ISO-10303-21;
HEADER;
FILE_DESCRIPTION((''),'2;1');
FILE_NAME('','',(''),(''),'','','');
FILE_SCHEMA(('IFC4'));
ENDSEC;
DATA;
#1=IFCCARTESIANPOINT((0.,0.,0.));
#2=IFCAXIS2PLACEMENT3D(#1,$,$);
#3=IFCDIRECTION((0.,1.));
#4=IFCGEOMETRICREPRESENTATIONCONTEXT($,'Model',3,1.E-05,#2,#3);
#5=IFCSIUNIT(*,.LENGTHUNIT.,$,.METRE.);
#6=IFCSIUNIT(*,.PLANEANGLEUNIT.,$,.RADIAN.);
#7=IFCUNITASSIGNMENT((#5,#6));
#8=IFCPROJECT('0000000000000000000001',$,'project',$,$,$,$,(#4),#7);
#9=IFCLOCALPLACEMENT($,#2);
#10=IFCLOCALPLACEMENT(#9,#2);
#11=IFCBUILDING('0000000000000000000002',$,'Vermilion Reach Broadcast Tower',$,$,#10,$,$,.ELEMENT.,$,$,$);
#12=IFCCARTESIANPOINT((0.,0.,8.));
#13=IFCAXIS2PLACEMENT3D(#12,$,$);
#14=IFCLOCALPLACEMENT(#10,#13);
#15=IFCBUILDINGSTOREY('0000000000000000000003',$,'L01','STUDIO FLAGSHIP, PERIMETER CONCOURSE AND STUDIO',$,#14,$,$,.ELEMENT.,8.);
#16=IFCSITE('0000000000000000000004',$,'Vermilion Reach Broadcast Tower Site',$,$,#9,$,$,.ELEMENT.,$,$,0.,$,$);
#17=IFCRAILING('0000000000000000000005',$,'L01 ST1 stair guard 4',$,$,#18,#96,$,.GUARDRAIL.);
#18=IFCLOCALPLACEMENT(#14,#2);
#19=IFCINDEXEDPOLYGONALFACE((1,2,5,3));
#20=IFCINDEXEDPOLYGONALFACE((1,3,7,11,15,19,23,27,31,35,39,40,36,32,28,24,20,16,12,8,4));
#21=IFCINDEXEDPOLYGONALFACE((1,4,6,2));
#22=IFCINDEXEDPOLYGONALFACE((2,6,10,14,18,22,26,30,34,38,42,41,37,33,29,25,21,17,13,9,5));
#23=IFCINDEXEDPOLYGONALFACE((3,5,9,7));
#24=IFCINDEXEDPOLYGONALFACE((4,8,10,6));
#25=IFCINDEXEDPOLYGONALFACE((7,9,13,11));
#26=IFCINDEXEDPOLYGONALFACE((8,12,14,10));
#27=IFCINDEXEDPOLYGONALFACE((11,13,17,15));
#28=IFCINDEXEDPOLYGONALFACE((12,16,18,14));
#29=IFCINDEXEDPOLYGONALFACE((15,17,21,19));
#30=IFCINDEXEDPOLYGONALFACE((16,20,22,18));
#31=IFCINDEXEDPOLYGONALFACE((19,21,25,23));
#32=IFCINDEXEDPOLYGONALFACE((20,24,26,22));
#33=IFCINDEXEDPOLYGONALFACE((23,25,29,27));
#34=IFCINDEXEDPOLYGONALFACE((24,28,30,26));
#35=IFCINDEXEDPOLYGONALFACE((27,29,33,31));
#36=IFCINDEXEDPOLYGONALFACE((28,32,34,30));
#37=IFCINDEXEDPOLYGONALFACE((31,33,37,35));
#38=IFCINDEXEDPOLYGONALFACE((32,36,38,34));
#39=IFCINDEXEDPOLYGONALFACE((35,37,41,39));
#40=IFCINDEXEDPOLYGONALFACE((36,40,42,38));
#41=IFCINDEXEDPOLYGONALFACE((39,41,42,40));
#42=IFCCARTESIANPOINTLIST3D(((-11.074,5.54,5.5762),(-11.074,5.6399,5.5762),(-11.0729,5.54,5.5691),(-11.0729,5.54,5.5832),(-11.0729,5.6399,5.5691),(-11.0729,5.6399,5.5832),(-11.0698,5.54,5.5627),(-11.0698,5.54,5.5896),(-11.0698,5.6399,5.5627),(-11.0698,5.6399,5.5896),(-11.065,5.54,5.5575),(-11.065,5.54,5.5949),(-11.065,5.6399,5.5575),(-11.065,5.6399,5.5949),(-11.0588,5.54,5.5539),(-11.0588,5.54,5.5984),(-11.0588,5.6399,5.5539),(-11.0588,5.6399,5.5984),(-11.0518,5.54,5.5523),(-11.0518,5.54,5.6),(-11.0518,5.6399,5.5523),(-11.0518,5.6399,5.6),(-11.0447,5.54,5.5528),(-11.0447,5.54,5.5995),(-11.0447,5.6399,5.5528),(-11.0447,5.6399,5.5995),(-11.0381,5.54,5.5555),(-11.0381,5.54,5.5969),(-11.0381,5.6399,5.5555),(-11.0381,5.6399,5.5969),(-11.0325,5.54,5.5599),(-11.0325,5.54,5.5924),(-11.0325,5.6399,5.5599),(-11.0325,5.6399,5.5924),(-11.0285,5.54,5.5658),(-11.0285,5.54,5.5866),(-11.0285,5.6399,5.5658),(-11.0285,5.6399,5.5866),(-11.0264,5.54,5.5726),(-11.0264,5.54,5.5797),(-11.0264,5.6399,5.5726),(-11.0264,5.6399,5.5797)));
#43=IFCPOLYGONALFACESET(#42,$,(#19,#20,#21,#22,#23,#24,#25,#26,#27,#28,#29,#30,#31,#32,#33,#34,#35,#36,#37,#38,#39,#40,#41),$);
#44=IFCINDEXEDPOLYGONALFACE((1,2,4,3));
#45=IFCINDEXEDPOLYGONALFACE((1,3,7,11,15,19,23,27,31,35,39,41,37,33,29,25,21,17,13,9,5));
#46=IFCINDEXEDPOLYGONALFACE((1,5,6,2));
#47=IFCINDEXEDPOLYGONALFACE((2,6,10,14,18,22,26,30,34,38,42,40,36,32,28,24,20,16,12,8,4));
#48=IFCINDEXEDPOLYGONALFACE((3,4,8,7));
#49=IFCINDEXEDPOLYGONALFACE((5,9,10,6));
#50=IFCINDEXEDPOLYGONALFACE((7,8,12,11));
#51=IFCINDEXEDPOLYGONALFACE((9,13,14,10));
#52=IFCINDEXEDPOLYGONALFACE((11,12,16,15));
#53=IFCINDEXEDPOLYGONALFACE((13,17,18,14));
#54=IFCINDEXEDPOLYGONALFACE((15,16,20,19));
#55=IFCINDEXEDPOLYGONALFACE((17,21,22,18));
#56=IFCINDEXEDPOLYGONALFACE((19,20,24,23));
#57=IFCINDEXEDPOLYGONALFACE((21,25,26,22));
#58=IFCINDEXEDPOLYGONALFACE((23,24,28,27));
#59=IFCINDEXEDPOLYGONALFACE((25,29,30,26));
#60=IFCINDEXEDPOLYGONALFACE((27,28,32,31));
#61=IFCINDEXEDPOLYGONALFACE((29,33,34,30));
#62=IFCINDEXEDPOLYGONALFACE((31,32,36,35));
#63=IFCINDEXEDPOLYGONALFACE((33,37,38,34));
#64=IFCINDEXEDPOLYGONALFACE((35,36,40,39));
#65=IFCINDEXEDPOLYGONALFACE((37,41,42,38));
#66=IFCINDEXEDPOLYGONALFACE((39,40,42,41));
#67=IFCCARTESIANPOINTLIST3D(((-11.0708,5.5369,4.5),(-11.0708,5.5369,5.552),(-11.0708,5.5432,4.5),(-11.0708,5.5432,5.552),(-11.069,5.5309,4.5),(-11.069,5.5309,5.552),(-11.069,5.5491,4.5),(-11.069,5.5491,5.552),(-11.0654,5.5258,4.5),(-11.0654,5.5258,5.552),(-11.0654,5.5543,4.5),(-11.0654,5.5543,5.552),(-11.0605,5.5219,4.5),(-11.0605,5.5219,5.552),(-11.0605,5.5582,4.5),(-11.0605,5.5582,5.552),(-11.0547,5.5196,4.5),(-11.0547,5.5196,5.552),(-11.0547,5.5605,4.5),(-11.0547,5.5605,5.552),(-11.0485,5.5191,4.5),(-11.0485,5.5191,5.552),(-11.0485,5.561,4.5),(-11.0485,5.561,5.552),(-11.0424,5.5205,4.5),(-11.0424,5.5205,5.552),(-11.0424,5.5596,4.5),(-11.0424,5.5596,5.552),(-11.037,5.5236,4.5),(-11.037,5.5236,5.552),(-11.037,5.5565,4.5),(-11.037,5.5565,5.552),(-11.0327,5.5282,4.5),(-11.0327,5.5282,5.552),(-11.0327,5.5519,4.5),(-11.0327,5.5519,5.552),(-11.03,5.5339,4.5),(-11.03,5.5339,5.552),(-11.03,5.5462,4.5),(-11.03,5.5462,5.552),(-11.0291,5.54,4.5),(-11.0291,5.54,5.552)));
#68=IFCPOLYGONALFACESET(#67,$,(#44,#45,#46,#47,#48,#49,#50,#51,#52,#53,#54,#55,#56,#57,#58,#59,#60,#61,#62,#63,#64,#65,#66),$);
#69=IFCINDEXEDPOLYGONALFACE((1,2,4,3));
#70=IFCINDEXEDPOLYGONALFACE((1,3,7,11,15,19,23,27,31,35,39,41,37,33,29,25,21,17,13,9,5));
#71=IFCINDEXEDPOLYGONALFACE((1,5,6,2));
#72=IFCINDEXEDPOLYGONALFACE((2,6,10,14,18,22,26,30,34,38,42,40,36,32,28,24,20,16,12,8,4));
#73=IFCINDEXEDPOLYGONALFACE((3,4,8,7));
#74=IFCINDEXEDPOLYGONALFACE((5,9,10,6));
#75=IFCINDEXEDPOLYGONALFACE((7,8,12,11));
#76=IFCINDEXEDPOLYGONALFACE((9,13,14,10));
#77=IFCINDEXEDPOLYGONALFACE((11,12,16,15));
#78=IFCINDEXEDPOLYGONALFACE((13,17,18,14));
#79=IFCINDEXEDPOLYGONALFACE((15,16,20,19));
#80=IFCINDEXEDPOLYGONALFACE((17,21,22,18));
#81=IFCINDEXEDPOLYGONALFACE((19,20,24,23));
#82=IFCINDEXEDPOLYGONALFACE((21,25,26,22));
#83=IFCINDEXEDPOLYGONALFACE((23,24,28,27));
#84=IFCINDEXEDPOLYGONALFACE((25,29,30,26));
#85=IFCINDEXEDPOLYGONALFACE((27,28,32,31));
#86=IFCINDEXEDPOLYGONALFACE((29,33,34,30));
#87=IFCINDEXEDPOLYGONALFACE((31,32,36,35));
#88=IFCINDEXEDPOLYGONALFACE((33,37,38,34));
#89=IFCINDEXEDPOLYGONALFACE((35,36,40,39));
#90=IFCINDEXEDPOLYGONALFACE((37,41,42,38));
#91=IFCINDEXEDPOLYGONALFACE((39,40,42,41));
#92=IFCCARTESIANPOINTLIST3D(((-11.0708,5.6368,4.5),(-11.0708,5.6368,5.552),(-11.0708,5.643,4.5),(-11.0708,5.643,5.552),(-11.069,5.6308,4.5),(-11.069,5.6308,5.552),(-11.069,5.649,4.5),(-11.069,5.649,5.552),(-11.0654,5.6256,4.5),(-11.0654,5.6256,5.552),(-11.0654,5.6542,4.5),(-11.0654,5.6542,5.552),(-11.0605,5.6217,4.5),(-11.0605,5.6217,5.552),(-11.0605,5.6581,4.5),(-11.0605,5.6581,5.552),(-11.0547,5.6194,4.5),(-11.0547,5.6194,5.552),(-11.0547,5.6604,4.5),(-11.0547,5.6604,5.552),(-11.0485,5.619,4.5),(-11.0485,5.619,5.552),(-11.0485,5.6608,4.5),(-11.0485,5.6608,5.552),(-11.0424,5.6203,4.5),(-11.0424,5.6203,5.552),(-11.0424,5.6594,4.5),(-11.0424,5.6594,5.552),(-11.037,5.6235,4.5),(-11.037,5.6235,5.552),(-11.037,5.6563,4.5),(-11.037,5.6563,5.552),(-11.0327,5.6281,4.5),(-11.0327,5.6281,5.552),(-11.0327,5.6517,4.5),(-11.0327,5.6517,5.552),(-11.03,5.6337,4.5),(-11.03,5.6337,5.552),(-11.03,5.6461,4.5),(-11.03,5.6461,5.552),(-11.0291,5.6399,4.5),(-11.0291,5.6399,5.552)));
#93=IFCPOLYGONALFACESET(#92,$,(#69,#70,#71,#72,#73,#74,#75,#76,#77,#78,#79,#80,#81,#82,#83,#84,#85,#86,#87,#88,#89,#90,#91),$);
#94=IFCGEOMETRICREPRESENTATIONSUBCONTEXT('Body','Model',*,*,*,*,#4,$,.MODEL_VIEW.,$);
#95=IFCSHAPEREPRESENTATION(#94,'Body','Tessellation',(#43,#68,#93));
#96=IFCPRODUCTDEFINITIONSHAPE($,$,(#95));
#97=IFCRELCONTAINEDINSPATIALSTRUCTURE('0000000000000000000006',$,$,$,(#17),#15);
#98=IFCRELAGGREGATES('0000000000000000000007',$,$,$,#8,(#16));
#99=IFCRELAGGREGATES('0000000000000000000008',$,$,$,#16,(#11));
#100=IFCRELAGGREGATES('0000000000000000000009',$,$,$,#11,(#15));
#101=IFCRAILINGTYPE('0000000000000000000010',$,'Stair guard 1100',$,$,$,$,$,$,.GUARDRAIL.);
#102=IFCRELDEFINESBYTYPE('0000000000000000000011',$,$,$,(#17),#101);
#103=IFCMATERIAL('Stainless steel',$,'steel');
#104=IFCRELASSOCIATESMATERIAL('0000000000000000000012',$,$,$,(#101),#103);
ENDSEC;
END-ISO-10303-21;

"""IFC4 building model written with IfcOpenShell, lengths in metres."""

from ifc_helpers import new_model, si_unit, direction, frame, origin, origin_2d, place, context, subcontext, project, spatial, circle, extrude, material, type_object, element, save


model = new_model("IFC4")

# Units and contexts
model_context = context("Model", 3, precision=1e-05, world=origin(), true_north=direction((0.0, 1.0)))
body_context = subcontext(model_context, "Body", "Model", "MODEL_VIEW")
ifc_project = project(units=[si_unit("LENGTHUNIT", "METRE"), si_unit("PLANEANGLEUNIT", "RADIAN")], contexts=[model_context])

# Site, building, storey
site_placement = place(None, origin())
site = spatial("IfcSite", under=ifc_project, at=site_placement, Name="Vermilion Reach Broadcast Tower Site", CompositionType="ELEMENT", RefElevation=0.0)
building_placement = place(site_placement, origin())
building = spatial("IfcBuilding", under=site, at=building_placement, Name="Vermilion Reach Broadcast Tower", CompositionType="ELEMENT")
storey_placement = place(building_placement, frame((0.0, 0.0, 8.0)))
storey = spatial("IfcBuildingStorey", under=building, at=storey_placement, Name="L01", Description="STUDIO FLAGSHIP, PERIMETER CONCOURSE AND STUDIO", CompositionType="ELEMENT", Elevation=8.0)

# Railing
ifc_material_1 = material(Name="Stainless steel", Category="steel")
railing_type_1 = type_object("IfcRailingType", Name="Stair guard 1100", PredefinedType="GUARDRAIL", material=ifc_material_1)
railing_1_placement = place(storey_placement, frame((-11.05, 5.54, 4.5)))
element("IfcRailing", 1, at=railing_1_placement, inside=storey, type_object=railing_type_1, Name="L01 ST1 stair guard 4", PredefinedType="GUARDRAIL", context=body_context, shape_type="SweptSolid", body=[
    extrude(circle(Radius=0.0239, at=origin_2d()), frame((0.0, 0.0, 1.0762), z_axis=(0.0, 1.0, 0.0), x_axis=(-1.0, 0.0, 0.0)), (0.0, 0.0, 1.0), 0.0999),
    extrude(circle(Radius=0.021, at=origin_2d()), origin(), (0.0, 0.0, 1.0), 1.052),
    extrude(circle(Radius=0.021, at=origin_2d()), frame((0.0, 0.0999, 0.0)), (0.0, 0.0, 1.0), 1.052),
])

save(model, "model.ifc")
